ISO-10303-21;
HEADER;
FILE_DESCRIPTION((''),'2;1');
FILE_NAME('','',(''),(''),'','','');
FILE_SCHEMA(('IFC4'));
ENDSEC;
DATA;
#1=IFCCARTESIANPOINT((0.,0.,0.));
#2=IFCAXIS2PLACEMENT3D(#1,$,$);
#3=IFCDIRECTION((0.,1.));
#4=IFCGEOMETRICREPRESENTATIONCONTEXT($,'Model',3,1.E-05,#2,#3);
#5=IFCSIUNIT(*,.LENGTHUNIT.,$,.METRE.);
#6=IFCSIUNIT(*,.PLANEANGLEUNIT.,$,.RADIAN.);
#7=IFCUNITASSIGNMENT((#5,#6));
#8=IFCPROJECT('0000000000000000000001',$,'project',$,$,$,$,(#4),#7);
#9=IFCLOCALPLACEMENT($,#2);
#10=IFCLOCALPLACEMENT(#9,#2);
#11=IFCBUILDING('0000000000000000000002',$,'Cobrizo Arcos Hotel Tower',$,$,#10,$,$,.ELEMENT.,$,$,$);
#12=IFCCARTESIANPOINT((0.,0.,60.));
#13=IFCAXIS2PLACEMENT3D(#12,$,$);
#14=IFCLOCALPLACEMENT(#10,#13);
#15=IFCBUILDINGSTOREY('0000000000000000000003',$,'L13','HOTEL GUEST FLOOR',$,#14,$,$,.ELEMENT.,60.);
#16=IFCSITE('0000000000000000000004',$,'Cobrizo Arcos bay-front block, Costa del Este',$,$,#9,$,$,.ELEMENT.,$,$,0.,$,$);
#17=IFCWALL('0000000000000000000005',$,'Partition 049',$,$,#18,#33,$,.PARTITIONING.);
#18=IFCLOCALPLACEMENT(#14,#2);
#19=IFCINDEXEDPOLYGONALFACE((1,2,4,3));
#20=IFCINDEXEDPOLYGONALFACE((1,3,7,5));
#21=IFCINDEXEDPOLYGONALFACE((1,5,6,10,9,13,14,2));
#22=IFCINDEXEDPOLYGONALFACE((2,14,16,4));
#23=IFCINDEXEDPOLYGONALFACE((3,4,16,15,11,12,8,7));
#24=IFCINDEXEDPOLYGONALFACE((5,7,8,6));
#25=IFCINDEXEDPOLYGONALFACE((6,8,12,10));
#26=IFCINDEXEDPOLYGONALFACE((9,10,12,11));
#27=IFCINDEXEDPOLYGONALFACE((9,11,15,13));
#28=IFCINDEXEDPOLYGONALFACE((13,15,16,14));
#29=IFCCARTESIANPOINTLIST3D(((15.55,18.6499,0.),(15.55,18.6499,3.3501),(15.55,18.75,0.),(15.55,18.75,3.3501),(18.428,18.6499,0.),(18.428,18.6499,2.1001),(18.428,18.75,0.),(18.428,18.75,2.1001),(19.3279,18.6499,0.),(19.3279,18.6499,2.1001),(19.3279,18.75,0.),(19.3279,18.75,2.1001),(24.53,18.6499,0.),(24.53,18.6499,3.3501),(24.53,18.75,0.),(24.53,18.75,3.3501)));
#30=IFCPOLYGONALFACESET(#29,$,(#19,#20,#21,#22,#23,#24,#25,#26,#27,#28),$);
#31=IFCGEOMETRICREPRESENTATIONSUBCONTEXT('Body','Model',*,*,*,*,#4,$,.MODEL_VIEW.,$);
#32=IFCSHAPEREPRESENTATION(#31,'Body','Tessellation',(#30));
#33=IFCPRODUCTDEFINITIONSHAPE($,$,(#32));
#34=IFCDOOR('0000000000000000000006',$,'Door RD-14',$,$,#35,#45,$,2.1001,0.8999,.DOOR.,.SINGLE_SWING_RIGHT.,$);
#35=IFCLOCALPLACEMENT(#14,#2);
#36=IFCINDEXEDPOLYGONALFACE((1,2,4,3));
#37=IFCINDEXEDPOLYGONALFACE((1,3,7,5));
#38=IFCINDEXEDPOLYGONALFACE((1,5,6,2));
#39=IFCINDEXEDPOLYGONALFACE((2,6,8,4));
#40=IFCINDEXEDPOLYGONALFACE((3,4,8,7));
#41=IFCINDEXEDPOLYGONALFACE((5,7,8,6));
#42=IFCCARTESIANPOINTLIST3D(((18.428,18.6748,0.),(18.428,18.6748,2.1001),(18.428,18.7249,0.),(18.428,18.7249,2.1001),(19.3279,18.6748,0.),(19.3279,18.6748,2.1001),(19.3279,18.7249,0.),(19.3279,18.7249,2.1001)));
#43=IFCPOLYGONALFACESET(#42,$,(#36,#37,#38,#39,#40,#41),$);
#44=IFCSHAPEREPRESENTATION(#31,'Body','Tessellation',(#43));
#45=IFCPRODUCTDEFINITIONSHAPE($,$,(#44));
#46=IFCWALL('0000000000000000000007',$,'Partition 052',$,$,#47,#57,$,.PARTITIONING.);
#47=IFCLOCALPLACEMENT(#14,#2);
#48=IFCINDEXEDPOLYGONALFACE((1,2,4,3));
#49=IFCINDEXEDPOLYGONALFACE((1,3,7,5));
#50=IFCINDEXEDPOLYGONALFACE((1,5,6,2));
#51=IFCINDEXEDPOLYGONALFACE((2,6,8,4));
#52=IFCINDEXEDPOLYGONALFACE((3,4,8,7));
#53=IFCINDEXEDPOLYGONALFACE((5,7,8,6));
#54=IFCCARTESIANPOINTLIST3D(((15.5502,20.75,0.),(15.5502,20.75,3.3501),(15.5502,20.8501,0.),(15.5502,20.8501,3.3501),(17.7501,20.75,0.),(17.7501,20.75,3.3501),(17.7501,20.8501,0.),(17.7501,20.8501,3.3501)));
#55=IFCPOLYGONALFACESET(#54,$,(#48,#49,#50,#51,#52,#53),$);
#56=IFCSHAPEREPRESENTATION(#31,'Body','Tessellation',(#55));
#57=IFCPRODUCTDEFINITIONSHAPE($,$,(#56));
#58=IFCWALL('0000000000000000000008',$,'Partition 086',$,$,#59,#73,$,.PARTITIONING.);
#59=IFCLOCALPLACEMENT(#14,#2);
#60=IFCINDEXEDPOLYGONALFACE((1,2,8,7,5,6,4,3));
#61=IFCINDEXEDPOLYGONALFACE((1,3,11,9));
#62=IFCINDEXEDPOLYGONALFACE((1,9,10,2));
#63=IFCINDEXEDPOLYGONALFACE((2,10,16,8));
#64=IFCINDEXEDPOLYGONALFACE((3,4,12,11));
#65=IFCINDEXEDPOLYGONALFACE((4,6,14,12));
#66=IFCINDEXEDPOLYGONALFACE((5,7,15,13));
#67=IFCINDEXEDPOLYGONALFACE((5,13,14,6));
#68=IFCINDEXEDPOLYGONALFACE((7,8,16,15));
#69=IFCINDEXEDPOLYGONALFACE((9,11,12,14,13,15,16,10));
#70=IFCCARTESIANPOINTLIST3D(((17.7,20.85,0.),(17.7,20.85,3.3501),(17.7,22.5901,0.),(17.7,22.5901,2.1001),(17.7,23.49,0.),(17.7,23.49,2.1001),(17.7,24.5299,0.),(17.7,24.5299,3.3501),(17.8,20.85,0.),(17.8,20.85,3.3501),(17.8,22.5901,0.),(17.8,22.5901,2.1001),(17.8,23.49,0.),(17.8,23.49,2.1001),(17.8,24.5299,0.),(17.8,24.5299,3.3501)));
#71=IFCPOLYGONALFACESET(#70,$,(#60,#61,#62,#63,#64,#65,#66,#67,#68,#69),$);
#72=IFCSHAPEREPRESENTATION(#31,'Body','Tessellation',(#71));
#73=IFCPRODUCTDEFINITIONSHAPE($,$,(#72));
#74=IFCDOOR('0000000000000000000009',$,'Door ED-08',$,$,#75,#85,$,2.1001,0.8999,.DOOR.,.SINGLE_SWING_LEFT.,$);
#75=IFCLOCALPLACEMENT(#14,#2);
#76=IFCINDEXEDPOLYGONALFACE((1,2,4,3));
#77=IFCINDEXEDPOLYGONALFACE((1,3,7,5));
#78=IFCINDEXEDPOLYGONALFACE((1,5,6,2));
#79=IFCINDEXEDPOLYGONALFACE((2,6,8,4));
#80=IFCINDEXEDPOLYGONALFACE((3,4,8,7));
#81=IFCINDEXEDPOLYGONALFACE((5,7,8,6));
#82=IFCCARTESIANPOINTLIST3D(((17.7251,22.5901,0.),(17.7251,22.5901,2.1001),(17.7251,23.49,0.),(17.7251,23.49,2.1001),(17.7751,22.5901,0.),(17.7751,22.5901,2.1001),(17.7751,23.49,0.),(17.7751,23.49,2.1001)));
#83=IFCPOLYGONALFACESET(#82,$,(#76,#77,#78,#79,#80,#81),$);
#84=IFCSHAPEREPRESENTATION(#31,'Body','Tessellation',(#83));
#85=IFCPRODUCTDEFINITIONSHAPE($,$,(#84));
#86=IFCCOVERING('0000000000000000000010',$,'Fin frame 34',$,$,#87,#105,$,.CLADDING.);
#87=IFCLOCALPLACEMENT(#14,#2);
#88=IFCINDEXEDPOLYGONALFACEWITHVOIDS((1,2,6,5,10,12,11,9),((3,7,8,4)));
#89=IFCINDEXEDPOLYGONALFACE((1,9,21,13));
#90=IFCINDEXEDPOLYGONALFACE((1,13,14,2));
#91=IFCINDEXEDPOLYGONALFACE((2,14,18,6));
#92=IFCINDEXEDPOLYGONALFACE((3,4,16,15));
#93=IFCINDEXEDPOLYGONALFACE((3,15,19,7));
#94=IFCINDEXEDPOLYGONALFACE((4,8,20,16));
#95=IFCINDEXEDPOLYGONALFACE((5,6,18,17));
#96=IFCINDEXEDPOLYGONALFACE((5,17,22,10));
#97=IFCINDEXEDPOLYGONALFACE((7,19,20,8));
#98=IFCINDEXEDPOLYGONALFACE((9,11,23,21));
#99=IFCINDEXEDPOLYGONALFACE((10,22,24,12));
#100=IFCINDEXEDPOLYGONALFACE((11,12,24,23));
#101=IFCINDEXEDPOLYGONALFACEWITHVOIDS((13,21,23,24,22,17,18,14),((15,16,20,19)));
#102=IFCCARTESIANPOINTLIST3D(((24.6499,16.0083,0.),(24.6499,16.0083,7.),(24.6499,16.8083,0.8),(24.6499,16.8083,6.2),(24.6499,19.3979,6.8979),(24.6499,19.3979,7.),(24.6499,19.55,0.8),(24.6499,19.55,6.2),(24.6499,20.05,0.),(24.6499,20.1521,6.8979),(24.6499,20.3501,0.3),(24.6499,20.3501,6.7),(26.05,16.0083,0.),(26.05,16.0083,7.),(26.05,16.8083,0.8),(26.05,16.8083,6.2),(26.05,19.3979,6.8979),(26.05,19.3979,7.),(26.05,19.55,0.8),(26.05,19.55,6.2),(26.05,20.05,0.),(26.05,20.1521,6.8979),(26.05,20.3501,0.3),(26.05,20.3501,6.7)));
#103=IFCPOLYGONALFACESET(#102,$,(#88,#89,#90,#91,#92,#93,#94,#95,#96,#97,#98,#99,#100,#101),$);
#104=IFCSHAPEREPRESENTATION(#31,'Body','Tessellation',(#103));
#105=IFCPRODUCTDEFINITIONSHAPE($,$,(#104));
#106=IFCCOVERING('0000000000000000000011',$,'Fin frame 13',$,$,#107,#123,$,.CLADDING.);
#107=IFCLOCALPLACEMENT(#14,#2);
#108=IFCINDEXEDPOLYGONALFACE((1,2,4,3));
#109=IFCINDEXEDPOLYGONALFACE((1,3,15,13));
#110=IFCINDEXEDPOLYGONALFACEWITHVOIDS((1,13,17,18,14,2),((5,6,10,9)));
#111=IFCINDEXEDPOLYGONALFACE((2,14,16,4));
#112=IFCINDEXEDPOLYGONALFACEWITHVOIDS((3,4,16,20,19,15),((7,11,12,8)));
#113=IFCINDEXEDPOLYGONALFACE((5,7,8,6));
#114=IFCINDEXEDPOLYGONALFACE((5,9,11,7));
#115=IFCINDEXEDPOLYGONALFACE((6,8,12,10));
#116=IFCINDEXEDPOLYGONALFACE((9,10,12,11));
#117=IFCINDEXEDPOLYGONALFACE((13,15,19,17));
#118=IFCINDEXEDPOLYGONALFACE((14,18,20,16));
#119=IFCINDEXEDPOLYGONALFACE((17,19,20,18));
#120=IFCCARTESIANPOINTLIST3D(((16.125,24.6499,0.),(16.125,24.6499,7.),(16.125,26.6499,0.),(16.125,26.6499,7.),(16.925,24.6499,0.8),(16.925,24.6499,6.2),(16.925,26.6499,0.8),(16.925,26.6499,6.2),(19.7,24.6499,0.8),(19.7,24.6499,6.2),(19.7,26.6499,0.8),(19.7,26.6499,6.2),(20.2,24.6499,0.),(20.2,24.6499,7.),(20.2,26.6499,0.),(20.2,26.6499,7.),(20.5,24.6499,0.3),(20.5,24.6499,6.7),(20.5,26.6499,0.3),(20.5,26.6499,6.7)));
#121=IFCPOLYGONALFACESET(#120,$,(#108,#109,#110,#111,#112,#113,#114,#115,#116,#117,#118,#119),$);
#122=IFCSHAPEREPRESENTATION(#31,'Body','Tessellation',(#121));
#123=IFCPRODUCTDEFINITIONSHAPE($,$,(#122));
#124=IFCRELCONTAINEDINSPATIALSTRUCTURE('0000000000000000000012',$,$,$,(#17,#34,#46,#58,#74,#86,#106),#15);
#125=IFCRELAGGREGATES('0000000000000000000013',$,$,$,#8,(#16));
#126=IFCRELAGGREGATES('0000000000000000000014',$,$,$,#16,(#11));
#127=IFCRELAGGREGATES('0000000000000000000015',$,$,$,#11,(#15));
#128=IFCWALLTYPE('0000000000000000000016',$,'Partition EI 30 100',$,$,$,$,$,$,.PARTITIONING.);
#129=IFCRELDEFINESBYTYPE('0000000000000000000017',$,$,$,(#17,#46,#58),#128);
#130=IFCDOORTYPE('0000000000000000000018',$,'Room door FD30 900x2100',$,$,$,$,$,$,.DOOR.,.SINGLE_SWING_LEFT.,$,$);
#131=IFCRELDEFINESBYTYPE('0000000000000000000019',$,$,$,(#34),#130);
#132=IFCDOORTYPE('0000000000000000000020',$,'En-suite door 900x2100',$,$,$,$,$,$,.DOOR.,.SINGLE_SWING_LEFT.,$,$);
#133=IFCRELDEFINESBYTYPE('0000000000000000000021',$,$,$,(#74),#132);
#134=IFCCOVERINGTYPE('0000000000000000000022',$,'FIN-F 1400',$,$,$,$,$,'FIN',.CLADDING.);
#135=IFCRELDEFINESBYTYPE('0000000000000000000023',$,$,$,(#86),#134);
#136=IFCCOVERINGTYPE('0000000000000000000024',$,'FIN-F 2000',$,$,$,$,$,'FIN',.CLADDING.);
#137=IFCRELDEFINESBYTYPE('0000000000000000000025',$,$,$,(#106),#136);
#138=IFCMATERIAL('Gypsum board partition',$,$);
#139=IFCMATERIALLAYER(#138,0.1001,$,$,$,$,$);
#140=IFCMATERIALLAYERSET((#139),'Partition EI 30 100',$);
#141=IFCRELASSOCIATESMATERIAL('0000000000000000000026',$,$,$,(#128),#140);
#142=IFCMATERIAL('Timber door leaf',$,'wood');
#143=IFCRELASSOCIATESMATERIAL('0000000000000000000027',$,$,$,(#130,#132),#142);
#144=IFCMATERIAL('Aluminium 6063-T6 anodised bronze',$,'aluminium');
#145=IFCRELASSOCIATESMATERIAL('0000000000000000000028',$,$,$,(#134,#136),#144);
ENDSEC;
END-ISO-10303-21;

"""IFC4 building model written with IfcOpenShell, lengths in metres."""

from ifc_helpers import new_model, si_unit, direction, frame, frame_2d, origin, place, context, subcontext, project, spatial, polyline, rectangle, outline, extrude, material, layer, layer_set, type_object, element, fill, save


model = new_model("IFC4")

# Units and contexts
model_context = context("Model", 3, precision=1e-05, world=origin(), true_north=direction((0.0, 1.0)))
body_context = subcontext(model_context, "Body", "Model", "MODEL_VIEW")
ifc_project = project(units=[si_unit("LENGTHUNIT", "METRE"), si_unit("PLANEANGLEUNIT", "RADIAN")], contexts=[model_context])

# Site, building, storey
site_placement = place(None, origin())
site = spatial("IfcSite", under=ifc_project, at=site_placement, Name="Cobrizo Arcos bay-front block, Costa del Este", CompositionType="ELEMENT", RefElevation=0.0)
building_placement = place(site_placement, origin())
building = spatial("IfcBuilding", under=site, at=building_placement, Name="Cobrizo Arcos Hotel Tower", CompositionType="ELEMENT")
storey_placement = place(building_placement, frame((0.0, 0.0, 60.0)))
storey = spatial("IfcBuildingStorey", under=building, at=storey_placement, Name="L13", Description="HOTEL GUEST FLOOR", CompositionType="ELEMENT", Elevation=60.0)

# Shared definitions
ifc_material_1 = material(Name="Aluminium 6063-T6 anodised bronze", Category="aluminium")

# Wall, opening, door
ifc_material_2 = material(Name="Gypsum board partition")
ifc_layer_1 = layer(ifc_material_2, 0.1001)
ifc_layer_set_1 = layer_set([ifc_layer_1], Name="Partition EI 30 100")
wall_type = type_object("IfcWallType", Name="Partition EI 30 100", PredefinedType="PARTITIONING", material=ifc_layer_set_1)
wall_1_placement = place(storey_placement, frame((15.55, 18.7, 0.0), z_axis=(0.0, 0.0, 1.0), x_axis=(1.0, 0.0, 0.0)))
wall_1 = element("IfcWall", 1, at=wall_1_placement, inside=storey, type_object=wall_type, Name="Partition 049", PredefinedType="PARTITIONING", context=body_context, shape_type="SweptSolid", body=[
    extrude(rectangle(XDim=8.98, YDim=0.1001, at=frame_2d((4.49, 0.0))), origin(), (0.0, 0.0, 1.0), 3.3501),
])
opening_1_placement = place(wall_1_placement, frame((2.8779, 0.0, 0.0)))
opening_1 = element("IfcOpeningElement", 2, at=opening_1_placement, cuts=wall_1, PredefinedType="OPENING", context=body_context, shape_type="SweptSolid", body=[
    extrude(rectangle(XDim=0.8999, YDim=2.1001, at=frame_2d((0.45, 1.05))), frame((0.0, 0.062, 0.0), z_axis=(0.0, -1.0, 0.0), x_axis=(1.0, 0.0, 0.0)), (0.0, 0.0, 1.0), 0.124),
])
ifc_material_3 = material(Name="Timber door leaf", Category="wood")
door_type_1 = type_object("IfcDoorType", Name="Room door FD30 900x2100", OperationType="SINGLE_SWING_LEFT", PredefinedType="DOOR", material=ifc_material_3)
door_1_placement = place(opening_1_placement, origin())
door_1 = element("IfcDoor", 3, at=door_1_placement, inside=storey, type_object=door_type_1, Name="Door RD-14", OperationType="SINGLE_SWING_RIGHT", OverallHeight=2.1001, OverallWidth=0.8999, PredefinedType="DOOR", context=body_context, shape_type="SweptSolid", body=[
    extrude(rectangle(XDim=0.8999, YDim=2.1001, at=frame_2d((0.45, 1.05))), frame((0.0, 0.0249, 0.0), z_axis=(0.0, -1.0, 0.0), x_axis=(1.0, 0.0, 0.0)), (0.0, 0.0, 1.0), 0.05),
])
fill(opening_1, door_1)

# Wall
wall_2_placement = place(storey_placement, frame((15.55, 20.8, 0.0), z_axis=(0.0, 0.0, 1.0), x_axis=(1.0, 0.0, 0.0)))
element("IfcWall", 4, at=wall_2_placement, inside=storey, type_object=wall_type, Name="Partition 052", PredefinedType="PARTITIONING", context=body_context, shape_type="SweptSolid", body=[
    extrude(rectangle(XDim=2.2, YDim=0.1001, at=frame_2d((1.1001, 0.0))), origin(), (0.0, 0.0, 1.0), 3.3501),
])

# Wall, opening, door
wall_3_placement = place(storey_placement, frame((17.75, 20.8501, 0.0), z_axis=(0.0, 0.0, 1.0), x_axis=(0.0, 1.0, 0.0)))
wall_3 = element("IfcWall", 5, at=wall_3_placement, inside=storey, type_object=wall_type, Name="Partition 086", PredefinedType="PARTITIONING", context=body_context, shape_type="SweptSolid", body=[
    extrude(rectangle(XDim=3.6799, YDim=0.1001, at=frame_2d((1.8398, 0.0))), origin(), (0.0, 0.0, 1.0), 3.3501),
])
opening_2_placement = place(wall_3_placement, frame((1.74, 0.0, 0.0)))
opening_2 = element("IfcOpeningElement", 6, at=opening_2_placement, cuts=wall_3, PredefinedType="OPENING", context=body_context, shape_type="SweptSolid", body=[
    extrude(rectangle(XDim=0.8999, YDim=2.1001, at=frame_2d((0.45, 1.05))), frame((0.0, 0.062, 0.0), z_axis=(0.0, -1.0, 0.0), x_axis=(1.0, 0.0, 0.0)), (0.0, 0.0, 1.0), 0.124),
])
door_type_2 = type_object("IfcDoorType", Name="En-suite door 900x2100", OperationType="SINGLE_SWING_LEFT", PredefinedType="DOOR", material=ifc_material_3)
door_2_placement = place(opening_2_placement, origin())
door_2 = element("IfcDoor", 7, at=door_2_placement, inside=storey, type_object=door_type_2, Name="Door ED-08", OperationType="SINGLE_SWING_LEFT", OverallHeight=2.1001, OverallWidth=0.8999, PredefinedType="DOOR", context=body_context, shape_type="SweptSolid", body=[
    extrude(rectangle(XDim=0.8999, YDim=2.1001, at=frame_2d((0.45, 1.05))), frame((0.0, 0.0249, 0.0), z_axis=(0.0, -1.0, 0.0), x_axis=(1.0, 0.0, 0.0)), (0.0, 0.0, 1.0), 0.05),
])
fill(opening_2, door_2)

# Coverings
covering_type_1 = type_object("IfcCoveringType", Name="FIN-F 1400", ElementType="FIN", PredefinedType="CLADDING", material=ifc_material_1)
covering_1_placement = place(storey_placement, frame((24.6499, 16.0083, 0.0), z_axis=(1.0, 0.0, 0.0), x_axis=(0.0, 1.0, 0.0)))
element("IfcCovering", 8, at=covering_1_placement, inside=storey, type_object=covering_type_1, Name="Fin frame 34", PredefinedType="CLADDING", context=body_context, shape_type="SweptSolid", body=[
    extrude(outline(polyline([(4.3418, 6.7), (4.1438, 6.8979), (3.3896, 6.8979), (3.3896, 7.0), (0.0, 7.0), (0.0, 0.0), (4.0417, 0.0), (4.3418, 0.3), (4.3418, 6.7)]), holes=[polyline([(3.5417, 0.8), (0.8, 0.8), (0.8, 6.2), (3.5417, 6.2), (3.5417, 0.8)])]), origin(), (0.0, 0.0, 1.0), 1.4001),
])
covering_type_2 = type_object("IfcCoveringType", Name="FIN-F 2000", ElementType="FIN", PredefinedType="CLADDING", material=ifc_material_1)
covering_2_placement = place(storey_placement, frame((20.5, 24.6499, 0.0), z_axis=(0.0, 1.0, 0.0), x_axis=(-1.0, 0.0, 0.0)))
element("IfcCovering", 9, at=covering_2_placement, inside=storey, type_object=covering_type_2, Name="Fin frame 13", PredefinedType="CLADDING", context=body_context, shape_type="SweptSolid", body=[
    extrude(outline(polyline([(0.0, 0.3), (0.3, 0.0), (4.375, 0.0), (4.375, 7.0), (0.3, 7.0), (0.0, 6.7), (0.0, 0.3)]), holes=[polyline([(3.575, 0.8), (0.8, 0.8), (0.8, 6.2), (3.575, 6.2), (3.575, 0.8)])]), origin(), (0.0, 0.0, 1.0), 2.0),
])

save(model, "model.ifc")
